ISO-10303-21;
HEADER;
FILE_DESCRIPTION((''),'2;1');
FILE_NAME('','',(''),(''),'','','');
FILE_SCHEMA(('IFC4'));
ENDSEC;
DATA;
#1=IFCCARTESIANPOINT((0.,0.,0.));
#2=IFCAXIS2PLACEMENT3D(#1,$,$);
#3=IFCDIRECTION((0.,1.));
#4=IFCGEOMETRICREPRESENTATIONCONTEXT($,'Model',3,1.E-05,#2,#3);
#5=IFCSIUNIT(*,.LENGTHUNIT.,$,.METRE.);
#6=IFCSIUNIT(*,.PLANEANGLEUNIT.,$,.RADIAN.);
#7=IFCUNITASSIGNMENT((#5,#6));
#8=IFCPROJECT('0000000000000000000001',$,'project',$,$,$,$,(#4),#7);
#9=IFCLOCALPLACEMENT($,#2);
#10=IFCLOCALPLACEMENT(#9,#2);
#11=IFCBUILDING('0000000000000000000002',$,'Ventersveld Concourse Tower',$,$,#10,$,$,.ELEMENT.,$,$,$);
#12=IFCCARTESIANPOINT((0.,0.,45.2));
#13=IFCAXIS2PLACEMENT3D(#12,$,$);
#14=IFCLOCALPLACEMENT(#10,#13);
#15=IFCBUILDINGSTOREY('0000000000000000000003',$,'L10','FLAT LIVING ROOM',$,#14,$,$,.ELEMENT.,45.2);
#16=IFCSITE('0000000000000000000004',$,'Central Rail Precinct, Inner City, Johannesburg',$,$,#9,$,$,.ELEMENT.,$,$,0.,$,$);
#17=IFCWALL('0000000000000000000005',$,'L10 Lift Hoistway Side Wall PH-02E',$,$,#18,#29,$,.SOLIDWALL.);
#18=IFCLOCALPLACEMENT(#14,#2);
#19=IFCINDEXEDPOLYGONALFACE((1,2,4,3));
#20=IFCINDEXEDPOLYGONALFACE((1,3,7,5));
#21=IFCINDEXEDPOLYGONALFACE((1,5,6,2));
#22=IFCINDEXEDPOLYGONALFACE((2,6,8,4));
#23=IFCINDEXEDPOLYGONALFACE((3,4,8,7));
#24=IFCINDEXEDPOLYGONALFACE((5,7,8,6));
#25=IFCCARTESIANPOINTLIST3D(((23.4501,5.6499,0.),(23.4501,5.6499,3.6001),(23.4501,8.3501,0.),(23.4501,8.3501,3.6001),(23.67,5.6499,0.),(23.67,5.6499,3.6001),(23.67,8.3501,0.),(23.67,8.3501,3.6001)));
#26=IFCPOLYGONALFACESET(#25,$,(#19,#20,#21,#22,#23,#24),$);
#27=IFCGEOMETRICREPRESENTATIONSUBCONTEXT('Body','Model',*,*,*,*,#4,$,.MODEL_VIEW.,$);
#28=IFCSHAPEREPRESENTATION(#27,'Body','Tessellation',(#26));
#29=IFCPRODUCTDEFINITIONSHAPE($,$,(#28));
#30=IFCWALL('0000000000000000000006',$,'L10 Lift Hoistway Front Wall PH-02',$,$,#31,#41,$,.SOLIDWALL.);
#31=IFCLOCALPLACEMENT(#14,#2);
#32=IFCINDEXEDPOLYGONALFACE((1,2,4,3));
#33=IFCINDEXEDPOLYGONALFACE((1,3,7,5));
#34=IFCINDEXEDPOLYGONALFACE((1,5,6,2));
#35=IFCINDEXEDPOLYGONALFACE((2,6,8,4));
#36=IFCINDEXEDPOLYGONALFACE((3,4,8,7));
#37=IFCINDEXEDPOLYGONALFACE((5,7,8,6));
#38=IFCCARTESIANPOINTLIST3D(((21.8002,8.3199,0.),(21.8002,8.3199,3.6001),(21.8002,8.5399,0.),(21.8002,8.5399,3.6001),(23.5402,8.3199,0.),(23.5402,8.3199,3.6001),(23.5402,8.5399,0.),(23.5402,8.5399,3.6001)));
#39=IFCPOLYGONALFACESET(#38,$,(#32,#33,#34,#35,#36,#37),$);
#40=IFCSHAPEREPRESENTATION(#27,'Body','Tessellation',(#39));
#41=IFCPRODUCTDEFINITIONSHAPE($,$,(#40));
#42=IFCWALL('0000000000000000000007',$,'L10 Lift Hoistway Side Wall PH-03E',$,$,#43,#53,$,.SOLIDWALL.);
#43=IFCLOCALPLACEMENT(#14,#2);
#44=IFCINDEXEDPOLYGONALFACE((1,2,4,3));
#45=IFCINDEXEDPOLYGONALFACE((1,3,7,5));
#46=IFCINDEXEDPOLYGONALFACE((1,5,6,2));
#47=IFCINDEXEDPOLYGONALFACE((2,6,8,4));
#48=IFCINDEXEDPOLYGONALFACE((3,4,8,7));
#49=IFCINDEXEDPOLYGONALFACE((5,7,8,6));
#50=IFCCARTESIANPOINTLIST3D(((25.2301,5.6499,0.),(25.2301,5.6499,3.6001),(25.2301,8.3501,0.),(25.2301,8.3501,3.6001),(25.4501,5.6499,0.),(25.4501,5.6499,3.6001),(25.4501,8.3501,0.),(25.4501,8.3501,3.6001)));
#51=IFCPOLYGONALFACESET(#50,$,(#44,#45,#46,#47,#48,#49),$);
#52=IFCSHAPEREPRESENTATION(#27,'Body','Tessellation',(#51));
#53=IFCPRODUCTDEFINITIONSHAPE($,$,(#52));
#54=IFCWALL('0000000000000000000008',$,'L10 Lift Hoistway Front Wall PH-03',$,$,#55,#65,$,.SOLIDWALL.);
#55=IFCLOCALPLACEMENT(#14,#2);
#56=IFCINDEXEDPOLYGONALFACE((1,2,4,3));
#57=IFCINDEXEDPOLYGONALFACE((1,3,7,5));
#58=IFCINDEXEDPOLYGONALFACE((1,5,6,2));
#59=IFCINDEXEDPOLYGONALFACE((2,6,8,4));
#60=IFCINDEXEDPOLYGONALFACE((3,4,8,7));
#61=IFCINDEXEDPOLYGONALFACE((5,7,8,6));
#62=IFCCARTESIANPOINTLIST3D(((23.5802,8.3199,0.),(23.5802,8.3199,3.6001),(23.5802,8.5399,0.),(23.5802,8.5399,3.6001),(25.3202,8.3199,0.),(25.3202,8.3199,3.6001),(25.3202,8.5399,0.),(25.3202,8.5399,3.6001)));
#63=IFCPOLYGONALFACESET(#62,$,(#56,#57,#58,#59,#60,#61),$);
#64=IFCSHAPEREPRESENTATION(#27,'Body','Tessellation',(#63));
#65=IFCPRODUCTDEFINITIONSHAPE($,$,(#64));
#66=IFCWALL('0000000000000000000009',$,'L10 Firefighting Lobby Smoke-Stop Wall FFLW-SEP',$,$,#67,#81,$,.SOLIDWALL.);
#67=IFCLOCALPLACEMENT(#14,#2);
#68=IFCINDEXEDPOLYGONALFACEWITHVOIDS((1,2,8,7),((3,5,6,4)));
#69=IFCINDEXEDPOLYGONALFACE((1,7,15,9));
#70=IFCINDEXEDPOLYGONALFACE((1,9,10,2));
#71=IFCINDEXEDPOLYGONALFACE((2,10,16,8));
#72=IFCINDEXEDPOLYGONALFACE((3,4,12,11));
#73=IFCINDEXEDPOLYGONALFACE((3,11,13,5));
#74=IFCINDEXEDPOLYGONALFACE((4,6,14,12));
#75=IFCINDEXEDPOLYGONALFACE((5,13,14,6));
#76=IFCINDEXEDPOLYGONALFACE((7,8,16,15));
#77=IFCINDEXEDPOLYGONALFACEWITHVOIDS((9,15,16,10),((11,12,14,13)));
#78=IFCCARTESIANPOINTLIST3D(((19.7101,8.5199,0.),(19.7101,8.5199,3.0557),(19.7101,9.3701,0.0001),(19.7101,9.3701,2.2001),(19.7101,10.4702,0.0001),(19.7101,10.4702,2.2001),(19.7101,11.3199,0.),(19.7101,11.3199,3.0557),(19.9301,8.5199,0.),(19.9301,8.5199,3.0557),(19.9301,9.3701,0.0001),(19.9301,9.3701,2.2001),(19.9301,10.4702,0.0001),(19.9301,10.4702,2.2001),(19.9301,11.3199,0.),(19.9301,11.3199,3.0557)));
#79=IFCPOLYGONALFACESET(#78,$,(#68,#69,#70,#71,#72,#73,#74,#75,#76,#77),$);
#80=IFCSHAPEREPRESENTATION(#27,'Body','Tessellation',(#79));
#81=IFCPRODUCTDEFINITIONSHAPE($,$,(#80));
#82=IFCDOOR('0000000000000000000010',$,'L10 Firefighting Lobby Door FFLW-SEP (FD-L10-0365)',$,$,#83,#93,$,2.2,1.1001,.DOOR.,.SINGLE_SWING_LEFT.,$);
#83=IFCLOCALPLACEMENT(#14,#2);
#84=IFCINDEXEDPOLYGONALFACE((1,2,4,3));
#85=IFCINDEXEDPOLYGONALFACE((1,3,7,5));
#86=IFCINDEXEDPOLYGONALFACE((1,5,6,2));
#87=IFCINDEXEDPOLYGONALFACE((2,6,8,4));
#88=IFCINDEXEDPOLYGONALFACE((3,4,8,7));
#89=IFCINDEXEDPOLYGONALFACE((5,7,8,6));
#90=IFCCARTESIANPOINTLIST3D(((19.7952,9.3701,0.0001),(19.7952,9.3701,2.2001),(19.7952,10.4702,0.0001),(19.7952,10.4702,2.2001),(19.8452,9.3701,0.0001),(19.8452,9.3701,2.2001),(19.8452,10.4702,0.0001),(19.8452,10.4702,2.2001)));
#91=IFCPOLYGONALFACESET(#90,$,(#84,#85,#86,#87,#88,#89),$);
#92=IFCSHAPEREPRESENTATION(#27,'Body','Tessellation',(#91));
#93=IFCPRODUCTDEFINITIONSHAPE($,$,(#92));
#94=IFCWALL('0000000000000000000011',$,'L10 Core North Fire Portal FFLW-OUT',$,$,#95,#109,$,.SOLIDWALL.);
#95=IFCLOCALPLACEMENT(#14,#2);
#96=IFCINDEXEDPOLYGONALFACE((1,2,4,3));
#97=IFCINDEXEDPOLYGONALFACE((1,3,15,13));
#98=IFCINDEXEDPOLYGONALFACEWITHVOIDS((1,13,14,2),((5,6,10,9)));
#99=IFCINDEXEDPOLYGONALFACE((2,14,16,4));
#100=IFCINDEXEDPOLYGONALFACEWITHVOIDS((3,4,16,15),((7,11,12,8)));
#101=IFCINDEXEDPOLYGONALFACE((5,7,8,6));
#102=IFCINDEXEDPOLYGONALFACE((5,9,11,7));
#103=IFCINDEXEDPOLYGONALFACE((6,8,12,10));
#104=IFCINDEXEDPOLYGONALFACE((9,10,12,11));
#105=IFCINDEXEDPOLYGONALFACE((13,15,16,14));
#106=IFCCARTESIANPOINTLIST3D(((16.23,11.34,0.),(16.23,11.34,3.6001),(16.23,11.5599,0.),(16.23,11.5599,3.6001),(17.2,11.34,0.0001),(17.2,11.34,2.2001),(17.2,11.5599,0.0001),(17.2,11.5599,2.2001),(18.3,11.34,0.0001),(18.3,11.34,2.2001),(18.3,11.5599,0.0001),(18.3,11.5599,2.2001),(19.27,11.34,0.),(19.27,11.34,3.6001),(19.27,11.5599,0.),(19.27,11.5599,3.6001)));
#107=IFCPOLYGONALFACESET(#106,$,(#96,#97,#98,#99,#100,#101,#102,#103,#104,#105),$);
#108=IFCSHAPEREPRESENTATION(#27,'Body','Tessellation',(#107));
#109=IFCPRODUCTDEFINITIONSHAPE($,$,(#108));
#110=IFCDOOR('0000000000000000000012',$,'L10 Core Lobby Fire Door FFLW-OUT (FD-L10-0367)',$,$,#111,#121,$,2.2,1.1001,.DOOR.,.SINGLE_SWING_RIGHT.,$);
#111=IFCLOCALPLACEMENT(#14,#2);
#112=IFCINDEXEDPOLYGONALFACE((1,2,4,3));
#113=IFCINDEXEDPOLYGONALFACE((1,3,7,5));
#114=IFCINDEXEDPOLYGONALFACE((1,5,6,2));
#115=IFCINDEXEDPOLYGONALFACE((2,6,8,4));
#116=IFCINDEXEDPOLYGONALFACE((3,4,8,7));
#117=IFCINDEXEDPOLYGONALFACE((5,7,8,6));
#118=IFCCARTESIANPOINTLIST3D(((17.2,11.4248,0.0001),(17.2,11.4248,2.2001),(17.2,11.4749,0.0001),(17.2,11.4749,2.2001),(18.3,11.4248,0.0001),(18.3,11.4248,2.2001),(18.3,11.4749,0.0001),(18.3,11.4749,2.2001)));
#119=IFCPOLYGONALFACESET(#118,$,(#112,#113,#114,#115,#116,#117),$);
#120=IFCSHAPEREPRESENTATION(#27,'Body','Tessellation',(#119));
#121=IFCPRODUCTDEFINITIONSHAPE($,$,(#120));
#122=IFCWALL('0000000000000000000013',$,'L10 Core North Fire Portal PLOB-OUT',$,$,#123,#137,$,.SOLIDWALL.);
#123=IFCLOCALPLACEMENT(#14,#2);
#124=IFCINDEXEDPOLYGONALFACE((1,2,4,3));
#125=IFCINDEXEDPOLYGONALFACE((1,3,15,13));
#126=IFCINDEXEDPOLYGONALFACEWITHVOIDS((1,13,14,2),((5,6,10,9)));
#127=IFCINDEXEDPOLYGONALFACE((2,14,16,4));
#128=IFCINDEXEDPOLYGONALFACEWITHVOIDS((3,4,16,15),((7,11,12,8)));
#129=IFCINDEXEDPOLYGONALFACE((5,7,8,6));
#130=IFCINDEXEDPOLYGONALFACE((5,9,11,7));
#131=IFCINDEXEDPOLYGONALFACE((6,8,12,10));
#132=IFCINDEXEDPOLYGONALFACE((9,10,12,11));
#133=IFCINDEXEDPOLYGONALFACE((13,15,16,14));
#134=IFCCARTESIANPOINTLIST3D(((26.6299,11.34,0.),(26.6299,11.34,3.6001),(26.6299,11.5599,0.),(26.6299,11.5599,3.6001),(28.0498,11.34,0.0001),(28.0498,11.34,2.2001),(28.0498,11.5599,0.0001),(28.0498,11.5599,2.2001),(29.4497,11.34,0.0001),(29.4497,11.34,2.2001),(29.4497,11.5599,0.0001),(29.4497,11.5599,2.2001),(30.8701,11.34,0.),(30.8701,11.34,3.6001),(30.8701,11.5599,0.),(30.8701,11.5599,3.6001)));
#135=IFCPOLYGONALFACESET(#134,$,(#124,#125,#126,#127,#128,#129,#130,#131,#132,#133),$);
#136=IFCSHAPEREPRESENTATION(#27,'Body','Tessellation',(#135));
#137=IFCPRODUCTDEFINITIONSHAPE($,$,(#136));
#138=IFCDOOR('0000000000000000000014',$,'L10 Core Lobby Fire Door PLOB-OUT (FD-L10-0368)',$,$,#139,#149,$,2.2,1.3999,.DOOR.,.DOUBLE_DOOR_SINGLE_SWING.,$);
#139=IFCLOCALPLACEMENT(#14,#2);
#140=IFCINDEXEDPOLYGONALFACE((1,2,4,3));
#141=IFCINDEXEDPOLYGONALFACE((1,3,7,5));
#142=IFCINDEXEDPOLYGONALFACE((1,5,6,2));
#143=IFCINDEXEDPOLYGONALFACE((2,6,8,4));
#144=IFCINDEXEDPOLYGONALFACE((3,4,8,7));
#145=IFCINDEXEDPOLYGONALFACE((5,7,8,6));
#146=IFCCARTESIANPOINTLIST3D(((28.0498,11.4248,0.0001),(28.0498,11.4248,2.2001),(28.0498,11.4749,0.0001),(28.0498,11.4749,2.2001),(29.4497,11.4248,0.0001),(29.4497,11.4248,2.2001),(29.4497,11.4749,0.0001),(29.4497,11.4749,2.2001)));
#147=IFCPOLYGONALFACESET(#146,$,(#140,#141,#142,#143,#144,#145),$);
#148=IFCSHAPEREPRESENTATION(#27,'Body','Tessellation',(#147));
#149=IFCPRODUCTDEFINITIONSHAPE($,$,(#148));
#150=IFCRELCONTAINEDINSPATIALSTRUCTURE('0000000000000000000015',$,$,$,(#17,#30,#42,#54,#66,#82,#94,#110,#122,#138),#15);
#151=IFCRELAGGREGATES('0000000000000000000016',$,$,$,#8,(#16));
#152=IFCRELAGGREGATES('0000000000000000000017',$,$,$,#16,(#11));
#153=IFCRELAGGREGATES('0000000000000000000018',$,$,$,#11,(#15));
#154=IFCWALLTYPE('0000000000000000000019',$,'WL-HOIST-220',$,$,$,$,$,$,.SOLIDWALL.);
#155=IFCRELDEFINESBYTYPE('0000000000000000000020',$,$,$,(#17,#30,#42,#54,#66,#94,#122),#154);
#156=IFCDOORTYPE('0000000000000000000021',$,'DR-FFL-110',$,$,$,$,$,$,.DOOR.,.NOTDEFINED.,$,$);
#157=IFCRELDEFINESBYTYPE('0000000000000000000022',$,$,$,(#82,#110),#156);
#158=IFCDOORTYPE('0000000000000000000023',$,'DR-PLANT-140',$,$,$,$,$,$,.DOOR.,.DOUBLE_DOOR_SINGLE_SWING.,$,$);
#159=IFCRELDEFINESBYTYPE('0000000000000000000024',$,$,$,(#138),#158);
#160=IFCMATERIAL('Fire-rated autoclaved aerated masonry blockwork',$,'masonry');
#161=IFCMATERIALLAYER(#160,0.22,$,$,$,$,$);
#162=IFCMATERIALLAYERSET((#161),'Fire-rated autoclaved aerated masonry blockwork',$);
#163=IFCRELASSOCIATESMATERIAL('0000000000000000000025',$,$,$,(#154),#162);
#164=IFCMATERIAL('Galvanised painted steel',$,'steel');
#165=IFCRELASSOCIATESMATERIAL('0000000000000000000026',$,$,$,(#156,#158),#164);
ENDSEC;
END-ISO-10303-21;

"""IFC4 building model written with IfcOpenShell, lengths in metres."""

from ifc_helpers import new_model, si_unit, direction, frame, frame_2d, origin, place, context, subcontext, project, spatial, rectangle, extrude, material, layer, layer_set, type_object, element, fill, save


model = new_model("IFC4")

# Units and contexts
model_context = context("Model", 3, precision=1e-05, world=origin(), true_north=direction((0.0, 1.0)))
body_context = subcontext(model_context, "Body", "Model", "MODEL_VIEW")
ifc_project = project(units=[si_unit("LENGTHUNIT", "METRE"), si_unit("PLANEANGLEUNIT", "RADIAN")], contexts=[model_context])

# Site, building, storey
site_placement = place(None, origin())
site = spatial("IfcSite", under=ifc_project, at=site_placement, Name="Central Rail Precinct, Inner City, Johannesburg", CompositionType="ELEMENT", RefElevation=0.0)
building_placement = place(site_placement, origin())
building = spatial("IfcBuilding", under=site, at=building_placement, Name="Ventersveld Concourse Tower", CompositionType="ELEMENT")
storey_placement = place(building_placement, frame((0.0, 0.0, 45.2)))
storey = spatial("IfcBuildingStorey", under=building, at=storey_placement, Name="L10", Description="FLAT LIVING ROOM", CompositionType="ELEMENT", Elevation=45.2)

# Shared definitions
ifc_material_1 = material(Name="Fire-rated autoclaved aerated masonry blockwork", Category="masonry")

# Shared definitions
ifc_layer_1 = layer(ifc_material_1, 0.22)
ifc_layer_set_1 = layer_set([ifc_layer_1], Name="Fire-rated autoclaved aerated masonry blockwork")
wall_type_1 = type_object("IfcWallType", Name="WL-HOIST-220", PredefinedType="SOLIDWALL", material=ifc_layer_set_1)

# Walls
wall_1_placement = place(storey_placement, frame((23.5601, 5.6499, 0.0), z_axis=(0.0, 0.0, 1.0), x_axis=(0.0, 1.0, 0.0)))
element("IfcWall", 1, at=wall_1_placement, inside=storey, type_object=wall_type_1, Name="L10 Lift Hoistway Side Wall PH-02E", PredefinedType="SOLIDWALL", context=body_context, shape_type="SweptSolid", body=[
    extrude(rectangle(XDim=2.7002, YDim=0.22, at=frame_2d((1.3501, 0.0))), origin(), (0.0, 0.0, 1.0), 3.6001),
])
wall_2_placement = place(storey_placement, frame((21.8, 8.4299, 0.0), z_axis=(0.0, 0.0, 1.0), x_axis=(1.0, 0.0, 0.0)))
element("IfcWall", 2, at=wall_2_placement, inside=storey, type_object=wall_type_1, Name="L10 Lift Hoistway Front Wall PH-02", PredefinedType="SOLIDWALL", context=body_context, shape_type="SweptSolid", body=[
    extrude(rectangle(XDim=1.74, YDim=0.22, at=frame_2d((0.8701, 0.0))), origin(), (0.0, 0.0, 1.0), 3.6001),
])
wall_3_placement = place(storey_placement, frame((25.3401, 5.6499, 0.0), z_axis=(0.0, 0.0, 1.0), x_axis=(0.0, 1.0, 0.0)))
element("IfcWall", 3, at=wall_3_placement, inside=storey, type_object=wall_type_1, Name="L10 Lift Hoistway Side Wall PH-03E", PredefinedType="SOLIDWALL", context=body_context, shape_type="SweptSolid", body=[
    extrude(rectangle(XDim=2.7002, YDim=0.22, at=frame_2d((1.3501, 0.0))), origin(), (0.0, 0.0, 1.0), 3.6001),
])
wall_4_placement = place(storey_placement, frame((23.5801, 8.4299, 0.0), z_axis=(0.0, 0.0, 1.0), x_axis=(1.0, 0.0, 0.0)))
element("IfcWall", 4, at=wall_4_placement, inside=storey, type_object=wall_type_1, Name="L10 Lift Hoistway Front Wall PH-03", PredefinedType="SOLIDWALL", context=body_context, shape_type="SweptSolid", body=[
    extrude(rectangle(XDim=1.74, YDim=0.22, at=frame_2d((0.8701, 0.0))), origin(), (0.0, 0.0, 1.0), 3.6001),
])

# Walls, openings, doors
wall_5_placement = place(storey_placement, frame((19.8201, 8.52, 0.0), z_axis=(0.0, 0.0, 1.0), x_axis=(0.0, 1.0, 0.0)))
wall_5 = element("IfcWall", 5, at=wall_5_placement, inside=storey, type_object=wall_type_1, Name="L10 Firefighting Lobby Smoke-Stop Wall FFLW-SEP", PredefinedType="SOLIDWALL", context=body_context, shape_type="SweptSolid", body=[
    extrude(rectangle(XDim=2.8, YDim=0.22, at=frame_2d((1.3999, 0.0))), origin(), (0.0, 0.0, 1.0), 3.0557),
])
opening_1_placement = place(wall_5_placement, frame((0.8501, 0.0, 0.0)))
opening_1 = element("IfcOpeningElement", 6, at=opening_1_placement, cuts=wall_5, PredefinedType="OPENING", context=body_context, shape_type="SweptSolid", body=[
    extrude(rectangle(XDim=1.1001, YDim=2.2, at=frame_2d((0.55, 1.1001))), frame((0.0, 0.1201, 0.0), z_axis=(0.0, -1.0, 0.0), x_axis=(1.0, 0.0, 0.0)), (0.0, 0.0, 1.0), 0.24),
])
ifc_material_2 = material(Name="Galvanised painted steel", Category="steel")
door_type_1 = type_object("IfcDoorType", Name="DR-FFL-110", OperationType="NOTDEFINED", PredefinedType="DOOR", material=ifc_material_2)
door_1_placement = place(opening_1_placement, origin())
door_1 = element("IfcDoor", 7, at=door_1_placement, inside=storey, type_object=door_type_1, Name="L10 Firefighting Lobby Door FFLW-SEP (FD-L10-0365)", OperationType="SINGLE_SWING_LEFT", OverallHeight=2.2, OverallWidth=1.1001, PredefinedType="DOOR", context=body_context, shape_type="SweptSolid", body=[
    extrude(rectangle(XDim=1.1001, YDim=2.2, at=frame_2d((0.55, 1.1001))), frame((0.0, 0.0249, 0.0), z_axis=(0.0, -1.0, 0.0), x_axis=(1.0, 0.0, 0.0)), (0.0, 0.0, 1.0), 0.05),
])
fill(opening_1, door_1)
wall_6_placement = place(storey_placement, frame((16.23, 11.45, 0.0), z_axis=(0.0, 0.0, 1.0), x_axis=(1.0, 0.0, 0.0)))
wall_6 = element("IfcWall", 8, at=wall_6_placement, inside=storey, type_object=wall_type_1, Name="L10 Core North Fire Portal FFLW-OUT", PredefinedType="SOLIDWALL", context=body_context, shape_type="SweptSolid", body=[
    extrude(rectangle(XDim=3.04, YDim=0.22, at=frame_2d((1.52, 0.0))), origin(), (0.0, 0.0, 1.0), 3.6001),
])
opening_2_placement = place(wall_6_placement, frame((0.97, 0.0, 0.0)))
opening_2 = element("IfcOpeningElement", 9, at=opening_2_placement, cuts=wall_6, PredefinedType="OPENING", context=body_context, shape_type="SweptSolid", body=[
    extrude(rectangle(XDim=1.1001, YDim=2.2, at=frame_2d((0.55, 1.1001))), frame((0.0, 0.1201, 0.0), z_axis=(0.0, -1.0, 0.0), x_axis=(1.0, 0.0, 0.0)), (0.0, 0.0, 1.0), 0.24),
])
door_2_placement = place(opening_2_placement, origin())
door_2 = element("IfcDoor", 10, at=door_2_placement, inside=storey, type_object=door_type_1, Name="L10 Core Lobby Fire Door FFLW-OUT (FD-L10-0367)", OperationType="SINGLE_SWING_RIGHT", OverallHeight=2.2, OverallWidth=1.1001, PredefinedType="DOOR", context=body_context, shape_type="SweptSolid", body=[
    extrude(rectangle(XDim=1.1001, YDim=2.2, at=frame_2d((0.55, 1.1001))), frame((0.0, 0.0249, 0.0), z_axis=(0.0, -1.0, 0.0), x_axis=(1.0, 0.0, 0.0)), (0.0, 0.0, 1.0), 0.05),
])
fill(opening_2, door_2)
wall_7_placement = place(storey_placement, frame((26.6299, 11.45, 0.0), z_axis=(0.0, 0.0, 1.0), x_axis=(1.0, 0.0, 0.0)))
wall_7 = element("IfcWall", 11, at=wall_7_placement, inside=storey, type_object=wall_type_1, Name="L10 Core North Fire Portal PLOB-OUT", PredefinedType="SOLIDWALL", context=body_context, shape_type="SweptSolid", body=[
    extrude(rectangle(XDim=4.2402, YDim=0.22, at=frame_2d((2.1201, 0.0))), origin(), (0.0, 0.0, 1.0), 3.6001),
])
opening_3_placement = place(wall_7_placement, frame((1.4199, 0.0, 0.0)))
opening_3 = element("IfcOpeningElement", 12, at=opening_3_placement, cuts=wall_7, PredefinedType="OPENING", context=body_context, shape_type="SweptSolid", body=[
    extrude(rectangle(XDim=1.3999, YDim=2.2, at=frame_2d((0.7, 1.1001))), frame((0.0, 0.1201, 0.0), z_axis=(0.0, -1.0, 0.0), x_axis=(1.0, 0.0, 0.0)), (0.0, 0.0, 1.0), 0.24),
])
door_type_2 = type_object("IfcDoorType", Name="DR-PLANT-140", OperationType="DOUBLE_DOOR_SINGLE_SWING", PredefinedType="DOOR", material=ifc_material_2)
door_3_placement = place(opening_3_placement, origin())
door_3 = element("IfcDoor", 13, at=door_3_placement, inside=storey, type_object=door_type_2, Name="L10 Core Lobby Fire Door PLOB-OUT (FD-L10-0368)", OperationType="DOUBLE_DOOR_SINGLE_SWING", OverallHeight=2.2, OverallWidth=1.3999, PredefinedType="DOOR", context=body_context, shape_type="SweptSolid", body=[
    extrude(rectangle(XDim=1.3999, YDim=2.2, at=frame_2d((0.7, 1.1001))), frame((0.0, 0.0249, 0.0), z_axis=(0.0, -1.0, 0.0), x_axis=(1.0, 0.0, 0.0)), (0.0, 0.0, 1.0), 0.05),
])
fill(opening_3, door_3)

save(model, "model.ifc")
